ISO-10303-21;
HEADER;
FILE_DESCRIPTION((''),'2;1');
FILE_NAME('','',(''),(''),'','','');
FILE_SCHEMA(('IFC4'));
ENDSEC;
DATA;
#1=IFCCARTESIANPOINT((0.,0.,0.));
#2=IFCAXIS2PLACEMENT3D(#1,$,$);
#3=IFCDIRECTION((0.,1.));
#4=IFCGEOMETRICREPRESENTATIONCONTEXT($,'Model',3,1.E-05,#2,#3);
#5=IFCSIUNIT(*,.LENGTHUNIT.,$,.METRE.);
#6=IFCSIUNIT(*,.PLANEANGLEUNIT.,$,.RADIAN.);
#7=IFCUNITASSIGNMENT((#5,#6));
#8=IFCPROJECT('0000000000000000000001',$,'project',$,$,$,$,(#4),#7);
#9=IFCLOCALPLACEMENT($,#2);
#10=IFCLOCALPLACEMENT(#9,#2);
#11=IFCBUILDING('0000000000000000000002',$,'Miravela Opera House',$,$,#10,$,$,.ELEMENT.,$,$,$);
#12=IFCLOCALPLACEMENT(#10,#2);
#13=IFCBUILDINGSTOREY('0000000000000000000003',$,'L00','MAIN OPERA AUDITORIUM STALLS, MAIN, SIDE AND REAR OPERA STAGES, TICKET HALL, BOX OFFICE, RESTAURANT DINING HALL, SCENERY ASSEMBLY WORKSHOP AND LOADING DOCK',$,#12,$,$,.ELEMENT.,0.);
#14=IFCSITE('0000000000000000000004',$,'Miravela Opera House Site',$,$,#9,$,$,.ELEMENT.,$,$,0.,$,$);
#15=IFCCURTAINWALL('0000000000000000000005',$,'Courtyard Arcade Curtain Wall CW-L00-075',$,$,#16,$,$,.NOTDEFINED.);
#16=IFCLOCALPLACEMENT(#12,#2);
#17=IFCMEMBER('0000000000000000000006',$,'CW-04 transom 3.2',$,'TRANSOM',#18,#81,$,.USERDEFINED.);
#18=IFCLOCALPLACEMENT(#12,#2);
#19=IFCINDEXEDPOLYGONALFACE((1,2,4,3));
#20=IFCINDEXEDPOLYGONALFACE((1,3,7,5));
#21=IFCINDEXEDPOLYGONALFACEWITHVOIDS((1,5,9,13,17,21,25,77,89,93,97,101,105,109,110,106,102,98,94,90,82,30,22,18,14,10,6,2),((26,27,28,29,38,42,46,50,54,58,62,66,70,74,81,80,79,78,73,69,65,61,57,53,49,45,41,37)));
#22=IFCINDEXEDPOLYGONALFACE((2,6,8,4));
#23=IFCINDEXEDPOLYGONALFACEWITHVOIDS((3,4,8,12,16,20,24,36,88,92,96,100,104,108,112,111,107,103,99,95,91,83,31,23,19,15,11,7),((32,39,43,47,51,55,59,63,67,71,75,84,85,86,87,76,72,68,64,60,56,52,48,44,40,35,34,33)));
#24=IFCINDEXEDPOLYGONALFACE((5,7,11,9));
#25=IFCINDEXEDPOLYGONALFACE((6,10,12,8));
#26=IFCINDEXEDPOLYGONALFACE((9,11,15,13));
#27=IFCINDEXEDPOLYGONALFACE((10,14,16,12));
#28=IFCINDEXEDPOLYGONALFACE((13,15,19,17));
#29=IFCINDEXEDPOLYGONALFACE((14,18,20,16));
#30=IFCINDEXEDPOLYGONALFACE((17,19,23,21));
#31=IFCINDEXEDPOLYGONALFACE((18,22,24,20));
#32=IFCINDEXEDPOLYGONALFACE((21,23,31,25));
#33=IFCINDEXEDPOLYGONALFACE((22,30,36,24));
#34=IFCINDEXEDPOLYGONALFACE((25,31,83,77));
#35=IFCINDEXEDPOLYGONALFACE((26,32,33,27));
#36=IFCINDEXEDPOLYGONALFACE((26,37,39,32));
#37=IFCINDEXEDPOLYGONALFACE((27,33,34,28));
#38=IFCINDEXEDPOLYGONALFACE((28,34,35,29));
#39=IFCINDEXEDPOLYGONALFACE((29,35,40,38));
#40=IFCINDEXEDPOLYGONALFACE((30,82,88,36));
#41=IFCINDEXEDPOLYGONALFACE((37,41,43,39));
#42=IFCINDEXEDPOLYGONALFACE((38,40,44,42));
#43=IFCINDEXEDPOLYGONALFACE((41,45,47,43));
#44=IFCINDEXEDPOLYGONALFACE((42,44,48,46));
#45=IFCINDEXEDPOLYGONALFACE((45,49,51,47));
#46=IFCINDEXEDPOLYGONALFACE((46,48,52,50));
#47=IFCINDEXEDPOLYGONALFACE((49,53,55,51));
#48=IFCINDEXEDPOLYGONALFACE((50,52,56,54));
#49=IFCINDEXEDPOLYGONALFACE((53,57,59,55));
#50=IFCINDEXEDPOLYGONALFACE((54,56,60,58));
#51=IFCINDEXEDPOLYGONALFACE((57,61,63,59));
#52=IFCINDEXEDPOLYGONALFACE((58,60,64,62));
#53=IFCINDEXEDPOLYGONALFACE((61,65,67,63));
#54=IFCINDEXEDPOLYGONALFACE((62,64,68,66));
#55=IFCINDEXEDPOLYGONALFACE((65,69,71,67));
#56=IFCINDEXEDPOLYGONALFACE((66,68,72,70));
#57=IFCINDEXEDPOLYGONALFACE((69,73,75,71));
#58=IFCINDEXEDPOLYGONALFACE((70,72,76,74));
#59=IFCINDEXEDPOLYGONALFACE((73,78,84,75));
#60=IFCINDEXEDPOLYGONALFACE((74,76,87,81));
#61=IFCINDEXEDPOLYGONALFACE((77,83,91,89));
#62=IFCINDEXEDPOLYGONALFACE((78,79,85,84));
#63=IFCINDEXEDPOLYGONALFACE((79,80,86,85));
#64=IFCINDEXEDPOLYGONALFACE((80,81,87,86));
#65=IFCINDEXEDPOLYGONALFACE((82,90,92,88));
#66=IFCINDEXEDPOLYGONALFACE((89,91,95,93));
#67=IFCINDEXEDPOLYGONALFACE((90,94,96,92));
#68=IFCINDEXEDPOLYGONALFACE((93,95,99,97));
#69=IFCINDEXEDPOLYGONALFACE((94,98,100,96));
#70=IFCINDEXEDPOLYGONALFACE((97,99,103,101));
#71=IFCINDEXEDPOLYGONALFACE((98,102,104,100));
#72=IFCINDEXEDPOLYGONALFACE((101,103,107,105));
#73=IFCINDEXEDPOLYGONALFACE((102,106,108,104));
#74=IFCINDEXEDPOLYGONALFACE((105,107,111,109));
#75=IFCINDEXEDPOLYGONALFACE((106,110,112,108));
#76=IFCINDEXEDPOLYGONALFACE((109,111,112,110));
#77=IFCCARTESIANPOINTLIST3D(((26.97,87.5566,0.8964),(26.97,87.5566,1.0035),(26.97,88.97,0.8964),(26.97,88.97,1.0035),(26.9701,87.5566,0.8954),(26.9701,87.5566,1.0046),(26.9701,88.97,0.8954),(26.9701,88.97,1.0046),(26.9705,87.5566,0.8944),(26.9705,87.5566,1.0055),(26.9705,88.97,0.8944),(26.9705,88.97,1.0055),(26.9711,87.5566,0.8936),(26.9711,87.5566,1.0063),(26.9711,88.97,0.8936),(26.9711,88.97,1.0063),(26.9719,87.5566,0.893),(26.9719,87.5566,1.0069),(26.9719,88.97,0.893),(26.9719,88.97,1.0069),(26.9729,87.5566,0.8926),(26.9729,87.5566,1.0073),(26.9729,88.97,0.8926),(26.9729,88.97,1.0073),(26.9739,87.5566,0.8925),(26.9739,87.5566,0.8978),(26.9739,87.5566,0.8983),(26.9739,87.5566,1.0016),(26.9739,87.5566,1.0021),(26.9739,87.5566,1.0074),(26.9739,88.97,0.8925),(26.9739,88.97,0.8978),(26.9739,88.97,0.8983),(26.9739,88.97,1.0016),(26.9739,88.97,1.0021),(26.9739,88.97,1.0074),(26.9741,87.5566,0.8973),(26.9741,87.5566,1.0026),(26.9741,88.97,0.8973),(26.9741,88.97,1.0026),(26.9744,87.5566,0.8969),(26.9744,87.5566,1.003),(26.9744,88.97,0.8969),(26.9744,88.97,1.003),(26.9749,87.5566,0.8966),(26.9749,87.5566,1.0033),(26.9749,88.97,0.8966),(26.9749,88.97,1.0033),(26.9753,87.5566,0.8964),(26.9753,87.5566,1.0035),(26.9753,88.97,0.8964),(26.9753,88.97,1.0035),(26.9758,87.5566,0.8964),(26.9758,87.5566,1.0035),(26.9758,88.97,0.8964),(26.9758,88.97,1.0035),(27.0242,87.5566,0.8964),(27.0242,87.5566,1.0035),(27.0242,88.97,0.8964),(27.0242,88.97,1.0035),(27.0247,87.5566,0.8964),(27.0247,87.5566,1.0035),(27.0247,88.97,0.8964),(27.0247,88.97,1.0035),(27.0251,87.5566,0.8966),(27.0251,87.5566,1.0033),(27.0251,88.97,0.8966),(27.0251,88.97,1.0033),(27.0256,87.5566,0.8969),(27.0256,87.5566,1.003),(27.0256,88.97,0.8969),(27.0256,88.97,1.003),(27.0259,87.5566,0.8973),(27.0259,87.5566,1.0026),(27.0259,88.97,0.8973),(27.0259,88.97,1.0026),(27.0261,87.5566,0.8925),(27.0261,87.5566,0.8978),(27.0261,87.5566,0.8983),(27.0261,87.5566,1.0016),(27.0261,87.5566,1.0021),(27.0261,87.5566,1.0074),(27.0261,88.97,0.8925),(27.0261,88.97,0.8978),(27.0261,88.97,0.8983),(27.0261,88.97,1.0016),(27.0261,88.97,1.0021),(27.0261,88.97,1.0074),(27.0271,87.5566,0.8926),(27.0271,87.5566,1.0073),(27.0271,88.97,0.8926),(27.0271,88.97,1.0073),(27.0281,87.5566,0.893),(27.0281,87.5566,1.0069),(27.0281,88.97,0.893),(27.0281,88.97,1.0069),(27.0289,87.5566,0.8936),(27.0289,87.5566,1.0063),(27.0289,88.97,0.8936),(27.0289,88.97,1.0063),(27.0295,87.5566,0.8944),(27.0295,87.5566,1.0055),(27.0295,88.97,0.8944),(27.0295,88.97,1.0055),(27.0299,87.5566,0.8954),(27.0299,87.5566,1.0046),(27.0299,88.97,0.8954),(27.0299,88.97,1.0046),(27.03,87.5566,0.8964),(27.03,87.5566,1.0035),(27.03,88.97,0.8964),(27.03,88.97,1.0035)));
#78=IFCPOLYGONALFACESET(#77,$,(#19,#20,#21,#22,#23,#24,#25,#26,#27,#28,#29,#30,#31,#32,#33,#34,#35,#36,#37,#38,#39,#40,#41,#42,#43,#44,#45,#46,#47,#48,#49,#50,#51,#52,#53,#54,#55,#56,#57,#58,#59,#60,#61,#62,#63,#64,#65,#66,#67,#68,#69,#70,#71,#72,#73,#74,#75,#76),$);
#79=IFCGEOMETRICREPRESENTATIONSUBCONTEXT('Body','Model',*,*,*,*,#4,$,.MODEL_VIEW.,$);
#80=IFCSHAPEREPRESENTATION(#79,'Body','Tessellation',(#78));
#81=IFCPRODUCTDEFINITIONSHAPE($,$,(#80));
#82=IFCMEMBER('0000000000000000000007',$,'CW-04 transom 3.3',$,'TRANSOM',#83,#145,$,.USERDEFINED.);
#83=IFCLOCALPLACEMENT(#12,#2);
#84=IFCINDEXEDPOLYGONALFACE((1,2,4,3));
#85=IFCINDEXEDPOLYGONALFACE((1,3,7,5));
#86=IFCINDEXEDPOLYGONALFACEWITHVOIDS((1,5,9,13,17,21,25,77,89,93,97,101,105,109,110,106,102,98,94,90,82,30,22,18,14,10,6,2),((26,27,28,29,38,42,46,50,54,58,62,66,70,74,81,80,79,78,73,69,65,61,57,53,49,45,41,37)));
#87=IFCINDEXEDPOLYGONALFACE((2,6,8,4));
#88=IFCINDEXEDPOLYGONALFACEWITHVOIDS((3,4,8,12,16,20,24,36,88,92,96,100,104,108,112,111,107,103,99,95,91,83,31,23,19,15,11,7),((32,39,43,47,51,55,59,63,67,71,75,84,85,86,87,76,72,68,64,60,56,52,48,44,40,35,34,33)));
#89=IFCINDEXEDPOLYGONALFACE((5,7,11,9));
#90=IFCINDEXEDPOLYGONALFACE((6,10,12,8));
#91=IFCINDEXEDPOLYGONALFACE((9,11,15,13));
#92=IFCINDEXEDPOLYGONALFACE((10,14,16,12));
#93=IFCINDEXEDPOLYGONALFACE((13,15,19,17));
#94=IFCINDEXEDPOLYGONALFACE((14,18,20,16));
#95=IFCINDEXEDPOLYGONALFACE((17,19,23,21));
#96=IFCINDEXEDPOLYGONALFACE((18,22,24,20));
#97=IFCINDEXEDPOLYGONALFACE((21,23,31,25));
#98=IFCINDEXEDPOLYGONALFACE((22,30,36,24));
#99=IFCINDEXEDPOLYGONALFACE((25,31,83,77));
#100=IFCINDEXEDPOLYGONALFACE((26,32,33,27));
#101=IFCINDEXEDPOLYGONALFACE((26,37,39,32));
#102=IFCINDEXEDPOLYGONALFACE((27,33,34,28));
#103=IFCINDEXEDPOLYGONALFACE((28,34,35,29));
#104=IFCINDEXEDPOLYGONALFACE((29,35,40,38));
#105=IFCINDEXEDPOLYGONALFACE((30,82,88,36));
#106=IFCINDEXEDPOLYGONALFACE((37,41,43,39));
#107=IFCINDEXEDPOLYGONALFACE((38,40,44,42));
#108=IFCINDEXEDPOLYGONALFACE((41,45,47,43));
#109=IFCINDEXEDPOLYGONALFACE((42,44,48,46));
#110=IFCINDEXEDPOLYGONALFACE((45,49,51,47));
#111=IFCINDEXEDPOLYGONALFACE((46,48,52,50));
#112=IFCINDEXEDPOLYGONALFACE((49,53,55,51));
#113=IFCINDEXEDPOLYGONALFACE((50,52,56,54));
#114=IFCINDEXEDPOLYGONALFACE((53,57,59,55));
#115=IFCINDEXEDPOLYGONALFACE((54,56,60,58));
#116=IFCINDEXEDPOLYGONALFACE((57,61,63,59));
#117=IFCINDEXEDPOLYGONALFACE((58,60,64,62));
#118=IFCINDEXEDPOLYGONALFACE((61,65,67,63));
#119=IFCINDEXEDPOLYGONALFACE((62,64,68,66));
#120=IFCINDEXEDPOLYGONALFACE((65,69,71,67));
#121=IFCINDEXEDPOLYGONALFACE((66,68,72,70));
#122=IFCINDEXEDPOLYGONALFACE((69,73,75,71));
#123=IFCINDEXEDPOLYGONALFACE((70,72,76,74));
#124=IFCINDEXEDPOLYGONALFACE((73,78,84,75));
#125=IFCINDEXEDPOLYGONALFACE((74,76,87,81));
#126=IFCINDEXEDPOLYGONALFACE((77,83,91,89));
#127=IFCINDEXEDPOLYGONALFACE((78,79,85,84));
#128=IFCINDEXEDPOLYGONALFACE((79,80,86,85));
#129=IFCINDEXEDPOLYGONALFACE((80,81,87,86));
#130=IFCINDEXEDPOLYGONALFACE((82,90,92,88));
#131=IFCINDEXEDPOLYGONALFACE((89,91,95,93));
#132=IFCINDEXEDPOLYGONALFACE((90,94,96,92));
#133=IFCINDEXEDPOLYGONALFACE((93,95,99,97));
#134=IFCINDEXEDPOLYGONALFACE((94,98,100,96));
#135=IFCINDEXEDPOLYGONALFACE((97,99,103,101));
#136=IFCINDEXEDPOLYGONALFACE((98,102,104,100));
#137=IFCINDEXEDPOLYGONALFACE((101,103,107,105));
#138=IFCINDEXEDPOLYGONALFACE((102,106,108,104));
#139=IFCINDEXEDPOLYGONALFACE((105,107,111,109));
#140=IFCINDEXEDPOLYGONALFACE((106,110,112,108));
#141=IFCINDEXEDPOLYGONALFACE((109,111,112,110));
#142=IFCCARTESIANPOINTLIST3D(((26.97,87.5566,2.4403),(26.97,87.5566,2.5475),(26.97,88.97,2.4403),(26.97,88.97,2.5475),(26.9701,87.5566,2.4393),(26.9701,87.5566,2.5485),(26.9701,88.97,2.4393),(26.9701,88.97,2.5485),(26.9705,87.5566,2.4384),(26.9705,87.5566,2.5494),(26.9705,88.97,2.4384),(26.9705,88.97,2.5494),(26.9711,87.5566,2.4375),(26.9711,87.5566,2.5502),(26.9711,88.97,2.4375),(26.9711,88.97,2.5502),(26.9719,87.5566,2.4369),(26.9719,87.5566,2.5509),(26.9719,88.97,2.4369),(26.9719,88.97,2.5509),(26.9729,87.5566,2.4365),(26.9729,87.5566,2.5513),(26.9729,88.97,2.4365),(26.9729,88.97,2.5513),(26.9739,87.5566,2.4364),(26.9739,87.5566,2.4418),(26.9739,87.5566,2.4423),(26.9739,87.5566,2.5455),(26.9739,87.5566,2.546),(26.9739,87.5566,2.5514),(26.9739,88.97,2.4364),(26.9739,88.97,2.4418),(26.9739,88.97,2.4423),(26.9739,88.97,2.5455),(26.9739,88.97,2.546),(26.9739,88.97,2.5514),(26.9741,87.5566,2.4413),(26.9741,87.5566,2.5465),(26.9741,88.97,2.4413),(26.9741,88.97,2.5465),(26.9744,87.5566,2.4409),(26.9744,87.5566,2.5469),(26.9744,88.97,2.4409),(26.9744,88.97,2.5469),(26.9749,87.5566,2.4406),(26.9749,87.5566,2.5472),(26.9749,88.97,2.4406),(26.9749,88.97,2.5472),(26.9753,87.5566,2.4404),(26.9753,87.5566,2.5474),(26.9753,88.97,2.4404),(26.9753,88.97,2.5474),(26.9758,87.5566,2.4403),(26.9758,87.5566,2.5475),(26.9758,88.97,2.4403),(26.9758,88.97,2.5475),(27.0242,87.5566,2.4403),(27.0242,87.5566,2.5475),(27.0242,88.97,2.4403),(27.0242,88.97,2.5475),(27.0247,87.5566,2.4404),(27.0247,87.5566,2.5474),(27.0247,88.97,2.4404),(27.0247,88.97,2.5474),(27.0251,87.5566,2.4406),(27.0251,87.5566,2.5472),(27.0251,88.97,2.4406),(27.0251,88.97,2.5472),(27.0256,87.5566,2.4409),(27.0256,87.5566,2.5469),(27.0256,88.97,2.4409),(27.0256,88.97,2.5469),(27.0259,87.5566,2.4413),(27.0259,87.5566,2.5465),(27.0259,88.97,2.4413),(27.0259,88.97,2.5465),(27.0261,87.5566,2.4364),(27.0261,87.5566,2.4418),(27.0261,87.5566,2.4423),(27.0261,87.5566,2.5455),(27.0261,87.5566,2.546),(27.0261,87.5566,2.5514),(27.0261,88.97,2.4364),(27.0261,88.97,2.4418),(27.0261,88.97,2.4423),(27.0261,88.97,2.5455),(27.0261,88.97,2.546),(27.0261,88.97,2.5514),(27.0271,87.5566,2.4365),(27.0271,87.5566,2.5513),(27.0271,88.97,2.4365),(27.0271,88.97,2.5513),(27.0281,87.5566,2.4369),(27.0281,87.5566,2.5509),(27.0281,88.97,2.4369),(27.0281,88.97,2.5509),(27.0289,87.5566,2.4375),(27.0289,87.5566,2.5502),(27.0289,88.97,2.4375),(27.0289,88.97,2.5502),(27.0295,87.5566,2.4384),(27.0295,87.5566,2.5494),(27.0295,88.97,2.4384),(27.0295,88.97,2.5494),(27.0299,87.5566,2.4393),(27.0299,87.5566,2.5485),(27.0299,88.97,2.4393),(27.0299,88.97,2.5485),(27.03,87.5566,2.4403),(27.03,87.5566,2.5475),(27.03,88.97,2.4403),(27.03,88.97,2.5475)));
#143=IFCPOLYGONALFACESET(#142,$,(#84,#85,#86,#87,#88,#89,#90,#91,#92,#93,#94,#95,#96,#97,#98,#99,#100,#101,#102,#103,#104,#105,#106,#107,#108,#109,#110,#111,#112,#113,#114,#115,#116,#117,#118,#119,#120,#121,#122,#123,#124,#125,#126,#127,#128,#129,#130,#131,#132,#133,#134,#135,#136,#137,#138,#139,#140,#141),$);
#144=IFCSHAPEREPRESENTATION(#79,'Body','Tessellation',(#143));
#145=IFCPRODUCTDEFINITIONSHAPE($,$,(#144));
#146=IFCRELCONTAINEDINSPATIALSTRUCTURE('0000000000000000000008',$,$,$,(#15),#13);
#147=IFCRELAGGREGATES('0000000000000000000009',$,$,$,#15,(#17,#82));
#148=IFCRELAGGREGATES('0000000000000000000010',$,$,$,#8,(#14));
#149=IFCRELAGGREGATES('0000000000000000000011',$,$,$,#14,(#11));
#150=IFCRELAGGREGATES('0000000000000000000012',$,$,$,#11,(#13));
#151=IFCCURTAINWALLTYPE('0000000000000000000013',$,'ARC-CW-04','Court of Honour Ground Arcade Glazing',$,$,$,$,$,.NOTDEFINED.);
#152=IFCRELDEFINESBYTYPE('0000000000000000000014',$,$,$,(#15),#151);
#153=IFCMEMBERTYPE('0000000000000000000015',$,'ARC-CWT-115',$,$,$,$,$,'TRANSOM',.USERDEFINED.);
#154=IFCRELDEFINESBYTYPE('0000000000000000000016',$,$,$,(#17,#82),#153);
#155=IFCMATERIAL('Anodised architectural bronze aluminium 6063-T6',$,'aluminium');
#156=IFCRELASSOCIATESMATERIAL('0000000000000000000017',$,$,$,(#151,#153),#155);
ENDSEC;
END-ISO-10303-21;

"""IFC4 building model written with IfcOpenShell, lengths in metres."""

from ifc_helpers import new_model, si_unit, direction, frame, origin, origin_2d, place, context, subcontext, project, spatial, hollow_rectangle, extrude, material, material_profile, profile_set, type_object, element, aggregate, save


model = new_model("IFC4")

# Units and contexts
model_context = context("Model", 3, precision=1e-05, world=origin(), true_north=direction((0.0, 1.0)))
body_context = subcontext(model_context, "Body", "Model", "MODEL_VIEW")
ifc_project = project(units=[si_unit("LENGTHUNIT", "METRE"), si_unit("PLANEANGLEUNIT", "RADIAN")], contexts=[model_context])

# Site, building, storey
site_placement = place(None, origin())
site = spatial("IfcSite", under=ifc_project, at=site_placement, Name="Miravela Opera House Site", CompositionType="ELEMENT", RefElevation=0.0)
building_placement = place(site_placement, origin())
building = spatial("IfcBuilding", under=site, at=building_placement, Name="Miravela Opera House", CompositionType="ELEMENT")
storey_placement = place(building_placement, origin())
storey = spatial("IfcBuildingStorey", under=building, at=storey_placement, Name="L00", Description="MAIN OPERA AUDITORIUM STALLS, MAIN, SIDE AND REAR OPERA STAGES, TICKET HALL, BOX OFFICE, RESTAURANT DINING HALL, SCENERY ASSEMBLY WORKSHOP AND LOADING DOCK", CompositionType="ELEMENT", Elevation=0.0)

# Curtain wall, members
ifc_material_1 = material(Name="Anodised architectural bronze aluminium 6063-T6", Category="aluminium")
curtain_wall_type = type_object("IfcCurtainWallType", Name="ARC-CW-04", Description="Court of Honour Ground Arcade Glazing", PredefinedType="NOTDEFINED", material=ifc_material_1)
curtain_wall_placement = place(storey_placement, origin())
curtain_wall = element("IfcCurtainWall", 1, at=curtain_wall_placement, inside=storey, type_object=curtain_wall_type, Name="Courtyard Arcade Curtain Wall CW-L00-075", PredefinedType="NOTDEFINED")
ifc_material_profile_1 = material_profile(ifc_material_1, hollow_rectangle(XDim=0.0601, YDim=0.115, WallThickness=0.0039, InnerFilletRadius=0.002, OuterFilletRadius=0.0039, at=origin_2d()), Name="CWT-60X115")
ifc_profile_set_1 = profile_set([ifc_material_profile_1])
member_type_1 = type_object("IfcMemberType", Name="ARC-CWT-115", ElementType="TRANSOM", PredefinedType="USERDEFINED", material=ifc_profile_set_1)
member_1_placement = place(storey_placement, frame((27.0, 87.5566, 0.95), z_axis=(0.0, 1.0, 0.0), x_axis=(-1.0, 0.0, 0.0)))
member_1 = element("IfcMember", 2, at=member_1_placement, type_object=member_type_1, Name="CW-04 transom 3.2", ObjectType="TRANSOM", PredefinedType="USERDEFINED", context=body_context, shape_type="SweptSolid", body=[
    extrude(hollow_rectangle(XDim=0.0601, YDim=0.115, WallThickness=0.0039, InnerFilletRadius=0.002, OuterFilletRadius=0.0039, at=origin_2d()), origin(), (0.0, 0.0, 1.0), 1.4133),
])
member_2_placement = place(storey_placement, frame((27.0, 87.5566, 2.4939), z_axis=(0.0, 1.0, 0.0), x_axis=(-1.0, 0.0, 0.0)))
member_2 = element("IfcMember", 3, at=member_2_placement, type_object=member_type_1, Name="CW-04 transom 3.3", ObjectType="TRANSOM", PredefinedType="USERDEFINED", context=body_context, shape_type="SweptSolid", body=[
    extrude(hollow_rectangle(XDim=0.0601, YDim=0.115, WallThickness=0.0039, InnerFilletRadius=0.002, OuterFilletRadius=0.0039, at=origin_2d()), origin(), (0.0, 0.0, 1.0), 1.4133),
])

aggregate(curtain_wall, [member_1, member_2])

save(model, "model.ifc")
